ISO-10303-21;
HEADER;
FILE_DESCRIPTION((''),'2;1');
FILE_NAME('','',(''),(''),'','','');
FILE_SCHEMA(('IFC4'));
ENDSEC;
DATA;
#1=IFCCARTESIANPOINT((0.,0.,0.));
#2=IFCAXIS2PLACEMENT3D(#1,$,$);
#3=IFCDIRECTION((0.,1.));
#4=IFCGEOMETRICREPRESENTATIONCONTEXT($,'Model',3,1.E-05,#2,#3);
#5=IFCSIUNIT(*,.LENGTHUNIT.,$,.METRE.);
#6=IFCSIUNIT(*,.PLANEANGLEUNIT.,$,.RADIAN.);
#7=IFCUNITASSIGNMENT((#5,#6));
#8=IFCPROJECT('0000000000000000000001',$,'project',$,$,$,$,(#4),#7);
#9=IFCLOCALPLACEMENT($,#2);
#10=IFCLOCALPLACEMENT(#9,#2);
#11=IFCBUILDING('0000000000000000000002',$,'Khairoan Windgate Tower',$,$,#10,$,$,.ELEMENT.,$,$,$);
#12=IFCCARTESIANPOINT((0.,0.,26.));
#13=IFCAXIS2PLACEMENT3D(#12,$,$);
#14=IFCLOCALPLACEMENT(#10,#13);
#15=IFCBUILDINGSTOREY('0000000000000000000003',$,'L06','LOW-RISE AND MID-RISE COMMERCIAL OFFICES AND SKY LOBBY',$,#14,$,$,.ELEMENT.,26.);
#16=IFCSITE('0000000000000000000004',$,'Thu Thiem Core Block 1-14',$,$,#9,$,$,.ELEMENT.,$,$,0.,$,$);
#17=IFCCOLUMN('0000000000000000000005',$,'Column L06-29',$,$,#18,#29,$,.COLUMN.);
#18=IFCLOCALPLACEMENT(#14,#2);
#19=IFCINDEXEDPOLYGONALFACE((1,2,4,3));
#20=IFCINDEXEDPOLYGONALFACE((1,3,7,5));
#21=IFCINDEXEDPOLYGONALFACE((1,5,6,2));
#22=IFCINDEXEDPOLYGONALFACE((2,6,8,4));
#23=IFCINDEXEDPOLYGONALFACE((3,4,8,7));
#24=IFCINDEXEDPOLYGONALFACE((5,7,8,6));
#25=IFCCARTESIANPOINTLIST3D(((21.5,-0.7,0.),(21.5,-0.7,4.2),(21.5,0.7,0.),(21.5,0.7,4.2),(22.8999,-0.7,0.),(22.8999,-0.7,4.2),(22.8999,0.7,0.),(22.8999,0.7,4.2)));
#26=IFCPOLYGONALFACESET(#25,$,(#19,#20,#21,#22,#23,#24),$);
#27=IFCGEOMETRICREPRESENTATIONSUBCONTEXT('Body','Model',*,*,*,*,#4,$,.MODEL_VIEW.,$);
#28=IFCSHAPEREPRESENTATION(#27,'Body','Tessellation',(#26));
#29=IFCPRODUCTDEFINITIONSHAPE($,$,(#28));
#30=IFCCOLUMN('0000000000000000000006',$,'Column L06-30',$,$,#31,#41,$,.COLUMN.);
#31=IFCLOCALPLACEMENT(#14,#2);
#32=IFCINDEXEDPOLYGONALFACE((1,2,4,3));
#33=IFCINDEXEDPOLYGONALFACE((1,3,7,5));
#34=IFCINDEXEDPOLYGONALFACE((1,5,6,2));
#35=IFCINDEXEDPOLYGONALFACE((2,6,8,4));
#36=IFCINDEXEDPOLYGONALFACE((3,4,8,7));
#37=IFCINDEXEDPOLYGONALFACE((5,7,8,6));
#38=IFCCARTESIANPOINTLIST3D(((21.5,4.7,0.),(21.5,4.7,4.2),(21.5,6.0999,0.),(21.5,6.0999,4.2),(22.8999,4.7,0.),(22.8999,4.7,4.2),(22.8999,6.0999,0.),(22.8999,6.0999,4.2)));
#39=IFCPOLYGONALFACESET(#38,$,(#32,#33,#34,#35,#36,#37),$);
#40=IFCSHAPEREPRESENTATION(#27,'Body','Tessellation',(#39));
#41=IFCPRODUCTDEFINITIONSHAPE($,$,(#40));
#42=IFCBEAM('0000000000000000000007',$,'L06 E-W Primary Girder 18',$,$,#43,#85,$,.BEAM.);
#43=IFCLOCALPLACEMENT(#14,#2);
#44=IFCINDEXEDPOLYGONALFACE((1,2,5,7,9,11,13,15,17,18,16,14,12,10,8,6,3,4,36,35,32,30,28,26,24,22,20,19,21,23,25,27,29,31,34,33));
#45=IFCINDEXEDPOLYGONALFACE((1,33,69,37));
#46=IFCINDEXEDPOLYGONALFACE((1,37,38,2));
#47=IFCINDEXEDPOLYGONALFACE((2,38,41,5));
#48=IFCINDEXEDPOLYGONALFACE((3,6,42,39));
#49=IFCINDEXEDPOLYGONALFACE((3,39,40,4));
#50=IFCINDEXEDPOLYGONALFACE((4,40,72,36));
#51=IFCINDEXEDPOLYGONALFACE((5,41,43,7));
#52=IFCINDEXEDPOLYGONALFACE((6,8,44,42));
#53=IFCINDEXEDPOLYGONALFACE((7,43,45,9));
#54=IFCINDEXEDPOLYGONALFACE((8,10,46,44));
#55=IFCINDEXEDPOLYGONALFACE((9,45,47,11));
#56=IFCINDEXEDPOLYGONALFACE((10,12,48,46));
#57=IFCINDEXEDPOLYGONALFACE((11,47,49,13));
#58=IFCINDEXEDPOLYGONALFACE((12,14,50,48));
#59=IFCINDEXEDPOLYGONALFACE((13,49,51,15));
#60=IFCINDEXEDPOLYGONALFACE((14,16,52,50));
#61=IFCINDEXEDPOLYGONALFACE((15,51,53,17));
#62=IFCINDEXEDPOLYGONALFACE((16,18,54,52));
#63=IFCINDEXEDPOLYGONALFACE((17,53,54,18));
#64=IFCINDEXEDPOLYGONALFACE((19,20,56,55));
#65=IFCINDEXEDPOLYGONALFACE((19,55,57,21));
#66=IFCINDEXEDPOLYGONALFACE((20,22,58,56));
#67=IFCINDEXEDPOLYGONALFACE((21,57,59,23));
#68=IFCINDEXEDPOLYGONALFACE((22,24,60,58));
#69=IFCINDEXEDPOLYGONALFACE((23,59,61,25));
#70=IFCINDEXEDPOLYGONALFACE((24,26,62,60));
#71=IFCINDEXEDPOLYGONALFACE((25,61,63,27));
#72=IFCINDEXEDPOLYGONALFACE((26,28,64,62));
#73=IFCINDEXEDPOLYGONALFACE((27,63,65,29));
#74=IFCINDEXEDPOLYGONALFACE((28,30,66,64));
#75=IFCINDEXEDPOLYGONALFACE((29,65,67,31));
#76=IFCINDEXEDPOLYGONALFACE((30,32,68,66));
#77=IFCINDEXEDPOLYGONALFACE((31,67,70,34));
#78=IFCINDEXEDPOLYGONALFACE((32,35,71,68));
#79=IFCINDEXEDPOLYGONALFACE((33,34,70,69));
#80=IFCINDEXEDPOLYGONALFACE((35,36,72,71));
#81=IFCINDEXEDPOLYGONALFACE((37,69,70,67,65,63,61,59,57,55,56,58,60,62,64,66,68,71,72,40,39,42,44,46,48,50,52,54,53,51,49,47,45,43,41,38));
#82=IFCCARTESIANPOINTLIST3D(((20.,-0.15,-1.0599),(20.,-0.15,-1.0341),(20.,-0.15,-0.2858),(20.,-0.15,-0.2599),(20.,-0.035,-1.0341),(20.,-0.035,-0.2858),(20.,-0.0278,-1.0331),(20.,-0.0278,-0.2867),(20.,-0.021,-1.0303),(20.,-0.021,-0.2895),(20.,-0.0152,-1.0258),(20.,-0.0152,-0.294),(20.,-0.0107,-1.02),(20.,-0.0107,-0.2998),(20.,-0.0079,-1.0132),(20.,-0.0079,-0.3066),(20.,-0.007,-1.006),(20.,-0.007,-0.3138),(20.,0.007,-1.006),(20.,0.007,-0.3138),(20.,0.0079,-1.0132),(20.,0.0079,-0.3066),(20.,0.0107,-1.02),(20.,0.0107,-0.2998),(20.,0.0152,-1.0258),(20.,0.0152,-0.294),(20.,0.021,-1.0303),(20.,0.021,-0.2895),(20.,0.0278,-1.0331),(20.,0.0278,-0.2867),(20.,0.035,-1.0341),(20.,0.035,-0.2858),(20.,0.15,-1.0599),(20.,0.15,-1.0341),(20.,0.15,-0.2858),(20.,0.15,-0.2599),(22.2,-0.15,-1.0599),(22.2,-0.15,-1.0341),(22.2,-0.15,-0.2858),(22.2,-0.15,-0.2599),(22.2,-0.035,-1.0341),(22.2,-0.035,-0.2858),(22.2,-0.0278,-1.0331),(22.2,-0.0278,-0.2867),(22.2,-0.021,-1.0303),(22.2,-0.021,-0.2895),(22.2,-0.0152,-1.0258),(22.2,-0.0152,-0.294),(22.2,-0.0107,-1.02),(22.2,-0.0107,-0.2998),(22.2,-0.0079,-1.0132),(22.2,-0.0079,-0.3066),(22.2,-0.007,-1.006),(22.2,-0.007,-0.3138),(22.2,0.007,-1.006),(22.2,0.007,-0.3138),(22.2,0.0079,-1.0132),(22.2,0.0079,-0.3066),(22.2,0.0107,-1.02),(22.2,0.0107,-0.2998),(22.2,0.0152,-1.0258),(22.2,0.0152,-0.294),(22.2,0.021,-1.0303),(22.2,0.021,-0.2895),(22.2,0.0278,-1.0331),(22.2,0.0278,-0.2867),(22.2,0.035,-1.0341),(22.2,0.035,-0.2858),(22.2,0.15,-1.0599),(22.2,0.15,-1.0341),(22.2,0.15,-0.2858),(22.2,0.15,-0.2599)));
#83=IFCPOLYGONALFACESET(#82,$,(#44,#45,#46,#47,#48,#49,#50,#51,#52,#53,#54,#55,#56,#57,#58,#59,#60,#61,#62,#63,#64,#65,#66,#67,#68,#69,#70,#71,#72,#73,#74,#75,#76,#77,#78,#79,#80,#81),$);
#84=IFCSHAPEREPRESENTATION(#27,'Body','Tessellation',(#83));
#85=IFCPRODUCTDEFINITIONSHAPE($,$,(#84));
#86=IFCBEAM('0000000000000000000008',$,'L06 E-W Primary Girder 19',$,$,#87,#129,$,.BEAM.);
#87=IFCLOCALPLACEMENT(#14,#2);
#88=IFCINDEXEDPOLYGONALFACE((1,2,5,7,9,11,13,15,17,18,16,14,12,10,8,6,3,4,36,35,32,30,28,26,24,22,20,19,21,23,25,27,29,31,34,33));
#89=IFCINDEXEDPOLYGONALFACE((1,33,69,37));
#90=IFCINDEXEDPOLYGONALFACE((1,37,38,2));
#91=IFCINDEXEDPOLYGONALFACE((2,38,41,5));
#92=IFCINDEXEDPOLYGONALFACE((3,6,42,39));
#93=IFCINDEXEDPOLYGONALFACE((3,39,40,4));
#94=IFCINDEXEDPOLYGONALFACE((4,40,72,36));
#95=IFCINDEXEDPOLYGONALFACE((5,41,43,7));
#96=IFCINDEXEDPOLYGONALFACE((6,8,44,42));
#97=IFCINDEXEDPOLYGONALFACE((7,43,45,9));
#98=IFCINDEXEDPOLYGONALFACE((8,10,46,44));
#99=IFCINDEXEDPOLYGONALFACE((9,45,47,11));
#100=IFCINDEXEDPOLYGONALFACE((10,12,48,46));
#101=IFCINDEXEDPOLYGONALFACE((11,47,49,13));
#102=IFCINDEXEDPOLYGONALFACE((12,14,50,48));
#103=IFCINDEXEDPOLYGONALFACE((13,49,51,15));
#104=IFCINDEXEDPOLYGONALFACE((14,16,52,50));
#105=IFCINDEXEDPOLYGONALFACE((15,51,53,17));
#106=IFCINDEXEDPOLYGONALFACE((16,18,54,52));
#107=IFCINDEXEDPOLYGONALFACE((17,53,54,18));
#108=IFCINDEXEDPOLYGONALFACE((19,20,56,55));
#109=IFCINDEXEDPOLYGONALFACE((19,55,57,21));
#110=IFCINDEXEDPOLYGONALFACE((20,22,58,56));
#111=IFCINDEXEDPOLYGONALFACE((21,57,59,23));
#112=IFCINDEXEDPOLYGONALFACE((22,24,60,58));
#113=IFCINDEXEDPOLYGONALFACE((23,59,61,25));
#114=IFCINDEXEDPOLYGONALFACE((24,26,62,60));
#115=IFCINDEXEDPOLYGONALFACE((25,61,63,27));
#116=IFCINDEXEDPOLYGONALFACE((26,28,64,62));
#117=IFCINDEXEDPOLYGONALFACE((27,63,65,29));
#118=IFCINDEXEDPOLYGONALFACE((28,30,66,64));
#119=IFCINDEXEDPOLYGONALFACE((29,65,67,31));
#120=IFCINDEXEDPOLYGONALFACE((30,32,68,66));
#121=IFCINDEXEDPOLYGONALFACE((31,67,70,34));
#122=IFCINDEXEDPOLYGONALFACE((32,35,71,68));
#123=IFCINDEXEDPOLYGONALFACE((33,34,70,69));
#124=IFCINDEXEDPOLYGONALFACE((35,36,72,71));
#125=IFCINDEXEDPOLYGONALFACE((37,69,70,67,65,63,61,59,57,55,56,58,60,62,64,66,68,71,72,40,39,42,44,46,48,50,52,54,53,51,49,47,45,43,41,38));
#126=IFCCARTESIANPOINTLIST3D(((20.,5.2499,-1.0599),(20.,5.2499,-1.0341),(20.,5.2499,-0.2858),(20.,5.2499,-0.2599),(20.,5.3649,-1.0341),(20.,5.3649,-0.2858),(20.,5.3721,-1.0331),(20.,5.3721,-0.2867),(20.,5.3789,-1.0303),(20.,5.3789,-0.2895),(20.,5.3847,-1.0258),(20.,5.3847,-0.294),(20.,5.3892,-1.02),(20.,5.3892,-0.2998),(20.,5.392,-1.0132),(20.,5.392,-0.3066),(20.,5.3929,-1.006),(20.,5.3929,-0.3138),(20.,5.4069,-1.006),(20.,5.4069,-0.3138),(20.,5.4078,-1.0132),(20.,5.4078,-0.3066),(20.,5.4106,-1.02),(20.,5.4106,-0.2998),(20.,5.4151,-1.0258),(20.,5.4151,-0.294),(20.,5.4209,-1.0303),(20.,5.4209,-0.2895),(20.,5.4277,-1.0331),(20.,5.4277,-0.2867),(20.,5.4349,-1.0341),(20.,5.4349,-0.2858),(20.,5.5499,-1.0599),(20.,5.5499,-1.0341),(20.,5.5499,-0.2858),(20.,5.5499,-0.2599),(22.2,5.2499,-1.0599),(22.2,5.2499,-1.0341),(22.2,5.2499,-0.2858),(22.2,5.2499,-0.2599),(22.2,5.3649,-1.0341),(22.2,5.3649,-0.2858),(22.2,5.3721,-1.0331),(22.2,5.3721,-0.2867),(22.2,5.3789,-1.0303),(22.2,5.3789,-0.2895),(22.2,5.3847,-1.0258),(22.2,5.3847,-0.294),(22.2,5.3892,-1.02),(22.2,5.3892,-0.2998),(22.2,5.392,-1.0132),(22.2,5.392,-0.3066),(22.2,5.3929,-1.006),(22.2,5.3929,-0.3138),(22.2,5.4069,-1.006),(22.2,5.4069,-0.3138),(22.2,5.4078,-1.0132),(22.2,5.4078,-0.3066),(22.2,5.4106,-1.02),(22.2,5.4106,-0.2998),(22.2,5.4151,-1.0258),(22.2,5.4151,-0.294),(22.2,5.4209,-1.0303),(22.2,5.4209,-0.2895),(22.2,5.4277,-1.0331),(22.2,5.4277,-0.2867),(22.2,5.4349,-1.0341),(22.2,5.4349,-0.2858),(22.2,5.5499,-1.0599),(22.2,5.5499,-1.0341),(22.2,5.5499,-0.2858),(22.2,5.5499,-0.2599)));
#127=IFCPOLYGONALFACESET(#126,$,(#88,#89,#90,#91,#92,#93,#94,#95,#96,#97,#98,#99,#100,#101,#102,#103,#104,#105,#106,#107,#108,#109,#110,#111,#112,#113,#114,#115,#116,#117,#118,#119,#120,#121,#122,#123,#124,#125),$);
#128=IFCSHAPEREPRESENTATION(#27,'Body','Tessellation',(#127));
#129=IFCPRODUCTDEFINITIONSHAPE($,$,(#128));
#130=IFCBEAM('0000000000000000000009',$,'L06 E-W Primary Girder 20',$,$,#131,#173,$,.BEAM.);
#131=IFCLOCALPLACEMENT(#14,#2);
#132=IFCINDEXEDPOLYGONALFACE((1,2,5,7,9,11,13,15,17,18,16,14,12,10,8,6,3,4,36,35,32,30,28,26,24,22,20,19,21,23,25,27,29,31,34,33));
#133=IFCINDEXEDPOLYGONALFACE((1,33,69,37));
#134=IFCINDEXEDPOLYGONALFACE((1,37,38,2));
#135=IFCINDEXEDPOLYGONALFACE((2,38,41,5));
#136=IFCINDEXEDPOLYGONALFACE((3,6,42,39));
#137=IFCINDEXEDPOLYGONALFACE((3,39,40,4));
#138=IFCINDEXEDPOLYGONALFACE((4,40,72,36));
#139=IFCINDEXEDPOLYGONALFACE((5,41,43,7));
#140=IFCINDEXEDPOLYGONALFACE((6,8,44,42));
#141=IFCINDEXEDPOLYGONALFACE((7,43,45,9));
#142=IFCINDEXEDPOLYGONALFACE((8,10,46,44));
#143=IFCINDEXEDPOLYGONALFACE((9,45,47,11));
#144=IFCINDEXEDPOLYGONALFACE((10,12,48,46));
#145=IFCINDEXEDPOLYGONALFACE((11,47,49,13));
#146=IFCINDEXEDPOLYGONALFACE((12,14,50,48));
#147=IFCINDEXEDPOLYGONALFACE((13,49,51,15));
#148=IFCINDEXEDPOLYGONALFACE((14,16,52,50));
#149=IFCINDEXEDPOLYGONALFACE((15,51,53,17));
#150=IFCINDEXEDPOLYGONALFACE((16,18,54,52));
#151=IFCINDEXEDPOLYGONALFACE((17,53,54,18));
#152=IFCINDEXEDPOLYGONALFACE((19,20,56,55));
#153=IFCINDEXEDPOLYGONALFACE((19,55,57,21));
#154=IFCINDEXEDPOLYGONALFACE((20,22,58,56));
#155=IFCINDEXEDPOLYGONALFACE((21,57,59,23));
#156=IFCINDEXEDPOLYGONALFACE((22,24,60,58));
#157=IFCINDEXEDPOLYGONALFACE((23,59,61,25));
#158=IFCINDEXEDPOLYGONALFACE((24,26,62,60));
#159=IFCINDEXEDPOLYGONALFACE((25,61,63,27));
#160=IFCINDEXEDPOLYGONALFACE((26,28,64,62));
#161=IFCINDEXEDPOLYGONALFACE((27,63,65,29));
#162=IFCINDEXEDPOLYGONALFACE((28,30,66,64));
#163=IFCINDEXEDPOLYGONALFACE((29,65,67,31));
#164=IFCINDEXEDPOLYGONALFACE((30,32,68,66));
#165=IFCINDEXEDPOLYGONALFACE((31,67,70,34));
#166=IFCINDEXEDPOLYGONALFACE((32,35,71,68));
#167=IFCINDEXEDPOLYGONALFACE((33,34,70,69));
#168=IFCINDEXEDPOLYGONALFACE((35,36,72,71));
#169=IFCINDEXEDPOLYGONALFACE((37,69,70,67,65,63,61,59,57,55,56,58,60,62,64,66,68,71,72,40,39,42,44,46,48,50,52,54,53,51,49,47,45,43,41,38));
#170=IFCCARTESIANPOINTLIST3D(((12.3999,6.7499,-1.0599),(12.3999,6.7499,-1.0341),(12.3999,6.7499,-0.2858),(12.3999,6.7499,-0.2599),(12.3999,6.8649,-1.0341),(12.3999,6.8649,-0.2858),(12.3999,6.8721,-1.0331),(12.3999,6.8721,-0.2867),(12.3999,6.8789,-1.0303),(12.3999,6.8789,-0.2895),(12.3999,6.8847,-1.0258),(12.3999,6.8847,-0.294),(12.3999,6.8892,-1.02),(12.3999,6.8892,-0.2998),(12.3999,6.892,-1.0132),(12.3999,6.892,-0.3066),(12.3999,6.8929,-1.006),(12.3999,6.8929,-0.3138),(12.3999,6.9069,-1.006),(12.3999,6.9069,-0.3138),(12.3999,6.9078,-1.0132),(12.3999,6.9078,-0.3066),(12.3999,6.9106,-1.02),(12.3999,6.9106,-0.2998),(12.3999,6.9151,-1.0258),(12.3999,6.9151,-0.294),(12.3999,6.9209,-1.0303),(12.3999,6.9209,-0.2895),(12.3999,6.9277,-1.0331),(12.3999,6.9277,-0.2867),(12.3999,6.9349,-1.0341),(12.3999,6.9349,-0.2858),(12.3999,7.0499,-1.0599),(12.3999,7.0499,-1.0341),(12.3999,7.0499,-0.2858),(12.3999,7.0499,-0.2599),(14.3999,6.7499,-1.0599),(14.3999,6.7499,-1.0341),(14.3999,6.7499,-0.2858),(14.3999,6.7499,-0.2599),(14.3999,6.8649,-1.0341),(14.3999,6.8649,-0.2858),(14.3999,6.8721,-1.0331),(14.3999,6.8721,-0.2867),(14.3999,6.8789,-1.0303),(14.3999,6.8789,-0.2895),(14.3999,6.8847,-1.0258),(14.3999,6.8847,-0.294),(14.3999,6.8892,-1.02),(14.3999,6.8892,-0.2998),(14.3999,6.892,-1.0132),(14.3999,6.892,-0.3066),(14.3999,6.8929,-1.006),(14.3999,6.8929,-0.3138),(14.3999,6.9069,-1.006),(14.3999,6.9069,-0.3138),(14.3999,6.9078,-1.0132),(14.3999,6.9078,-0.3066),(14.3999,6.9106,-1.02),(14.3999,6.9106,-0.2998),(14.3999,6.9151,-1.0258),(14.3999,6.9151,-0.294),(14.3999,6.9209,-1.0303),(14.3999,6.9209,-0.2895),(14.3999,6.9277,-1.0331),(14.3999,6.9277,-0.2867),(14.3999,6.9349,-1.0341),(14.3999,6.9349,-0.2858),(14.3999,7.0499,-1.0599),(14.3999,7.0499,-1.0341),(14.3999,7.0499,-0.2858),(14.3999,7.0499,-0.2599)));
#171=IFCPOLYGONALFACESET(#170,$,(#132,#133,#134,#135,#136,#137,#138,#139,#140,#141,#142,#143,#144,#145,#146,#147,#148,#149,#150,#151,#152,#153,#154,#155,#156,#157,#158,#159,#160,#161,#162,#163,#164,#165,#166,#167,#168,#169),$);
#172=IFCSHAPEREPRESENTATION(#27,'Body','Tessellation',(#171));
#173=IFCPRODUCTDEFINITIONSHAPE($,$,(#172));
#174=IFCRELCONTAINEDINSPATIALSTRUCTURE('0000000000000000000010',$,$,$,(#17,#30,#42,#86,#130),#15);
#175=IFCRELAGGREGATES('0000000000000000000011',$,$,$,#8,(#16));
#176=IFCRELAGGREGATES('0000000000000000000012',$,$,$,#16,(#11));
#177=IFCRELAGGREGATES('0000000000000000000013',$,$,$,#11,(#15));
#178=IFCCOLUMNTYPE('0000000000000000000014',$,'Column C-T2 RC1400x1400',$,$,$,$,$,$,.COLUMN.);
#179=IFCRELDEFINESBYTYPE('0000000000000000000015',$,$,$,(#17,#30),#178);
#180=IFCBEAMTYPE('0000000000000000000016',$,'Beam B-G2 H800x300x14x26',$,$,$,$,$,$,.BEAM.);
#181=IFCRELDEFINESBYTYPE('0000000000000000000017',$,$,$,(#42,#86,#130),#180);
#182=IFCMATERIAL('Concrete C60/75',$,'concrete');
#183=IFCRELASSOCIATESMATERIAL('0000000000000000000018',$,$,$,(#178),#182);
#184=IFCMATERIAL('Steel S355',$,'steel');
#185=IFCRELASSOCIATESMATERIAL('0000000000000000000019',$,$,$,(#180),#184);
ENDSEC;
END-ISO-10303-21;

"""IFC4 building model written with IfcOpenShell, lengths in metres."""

from ifc_helpers import new_model, si_unit, direction, frame, origin, origin_2d, place, context, subcontext, project, spatial, rectangle, i_section, extrude, material, material_profile, profile_set, type_object, element, save


model = new_model("IFC4")

# Units and contexts
model_context = context("Model", 3, precision=1e-05, world=origin(), true_north=direction((0.0, 1.0)))
body_context = subcontext(model_context, "Body", "Model", "MODEL_VIEW")
ifc_project = project(units=[si_unit("LENGTHUNIT", "METRE"), si_unit("PLANEANGLEUNIT", "RADIAN")], contexts=[model_context])

# Site, building, storey
site_placement = place(None, origin())
site = spatial("IfcSite", under=ifc_project, at=site_placement, Name="Thu Thiem Core Block 1-14", CompositionType="ELEMENT", RefElevation=0.0)
building_placement = place(site_placement, origin())
building = spatial("IfcBuilding", under=site, at=building_placement, Name="Khairoan Windgate Tower", CompositionType="ELEMENT")
storey_placement = place(building_placement, frame((0.0, 0.0, 26.0)))
storey = spatial("IfcBuildingStorey", under=building, at=storey_placement, Name="L06", Description="LOW-RISE AND MID-RISE COMMERCIAL OFFICES AND SKY LOBBY", CompositionType="ELEMENT", Elevation=26.0)

# Columns
ifc_material_1 = material(Name="Concrete C60/75", Category="concrete")
ifc_material_profile_1 = material_profile(ifc_material_1, rectangle(XDim=1.3999, YDim=1.3999, at=origin_2d()))
ifc_profile_set_1 = profile_set([ifc_material_profile_1], Name="Concrete C60/75")
column_type = type_object("IfcColumnType", Name="Column C-T2 RC1400x1400", PredefinedType="COLUMN", material=ifc_profile_set_1)
for number, where, z_axis, x_axis, name in (
    (1, (22.2, 0.0, 0.0), (0.0, 0.0, 1.0), (1.0, 0.0, 0.0), "Column L06-29"),
    (2, (22.2, 5.3999, 0.0), (0.0, 0.0, 1.0), (1.0, 0.0, 0.0), "Column L06-30"),
):
    element("IfcColumn", number, at=place(storey_placement, frame(where, z_axis=z_axis, x_axis=x_axis)), inside=storey, type_object=column_type, Name=name, PredefinedType="COLUMN", context=body_context, shape_type="SweptSolid", body=[
        extrude(rectangle(XDim=1.3999, YDim=1.3999, at=origin_2d()), origin(), (0.0, 0.0, 1.0), 4.2),
    ])

# Beams
ifc_material_2 = material(Name="Steel S355", Category="steel")
ifc_material_profile_2 = material_profile(ifc_material_2, i_section(OverallWidth=0.3, OverallDepth=0.8, WebThickness=0.0139, FlangeThickness=0.0259, FilletRadius=0.0281, at=origin_2d()))
ifc_profile_set_2 = profile_set([ifc_material_profile_2], Name="Steel S355")
beam_type_1 = type_object("IfcBeamType", Name="Beam B-G2 H800x300x14x26", PredefinedType="BEAM", material=ifc_profile_set_2)
for number, where, z_axis, x_axis, name in (
    (3, (20.0, 0.0, -0.6599), (1.0, 0.0, 0.0), (0.0, 1.0, 0.0), "L06 E-W Primary Girder 18"),
    (4, (20.0, 5.3999, -0.6599), (1.0, 0.0, 0.0), (0.0, 1.0, 0.0), "L06 E-W Primary Girder 19"),
):
    element("IfcBeam", number, at=place(storey_placement, frame(where, z_axis=z_axis, x_axis=x_axis)), inside=storey, type_object=beam_type_1, Name=name, PredefinedType="BEAM", context=body_context, shape_type="SweptSolid", body=[
        extrude(i_section(OverallWidth=0.3, OverallDepth=0.8, WebThickness=0.0139, FlangeThickness=0.0259, FilletRadius=0.0281, at=origin_2d()), origin(), (0.0, 0.0, 1.0), 2.2),
    ])
beam_1_placement = place(storey_placement, frame((12.3999, 6.8999, -0.6599), z_axis=(1.0, 0.0, 0.0), x_axis=(0.0, 1.0, 0.0)))
element("IfcBeam", 5, at=beam_1_placement, inside=storey, type_object=beam_type_1, Name="L06 E-W Primary Girder 20", PredefinedType="BEAM", context=body_context, shape_type="SweptSolid", body=[
    extrude(i_section(OverallWidth=0.3, OverallDepth=0.8, WebThickness=0.0139, FlangeThickness=0.0259, FilletRadius=0.0281, at=origin_2d()), origin(), (0.0, 0.0, 1.0), 2.0),
])

save(model, "model.ifc")
